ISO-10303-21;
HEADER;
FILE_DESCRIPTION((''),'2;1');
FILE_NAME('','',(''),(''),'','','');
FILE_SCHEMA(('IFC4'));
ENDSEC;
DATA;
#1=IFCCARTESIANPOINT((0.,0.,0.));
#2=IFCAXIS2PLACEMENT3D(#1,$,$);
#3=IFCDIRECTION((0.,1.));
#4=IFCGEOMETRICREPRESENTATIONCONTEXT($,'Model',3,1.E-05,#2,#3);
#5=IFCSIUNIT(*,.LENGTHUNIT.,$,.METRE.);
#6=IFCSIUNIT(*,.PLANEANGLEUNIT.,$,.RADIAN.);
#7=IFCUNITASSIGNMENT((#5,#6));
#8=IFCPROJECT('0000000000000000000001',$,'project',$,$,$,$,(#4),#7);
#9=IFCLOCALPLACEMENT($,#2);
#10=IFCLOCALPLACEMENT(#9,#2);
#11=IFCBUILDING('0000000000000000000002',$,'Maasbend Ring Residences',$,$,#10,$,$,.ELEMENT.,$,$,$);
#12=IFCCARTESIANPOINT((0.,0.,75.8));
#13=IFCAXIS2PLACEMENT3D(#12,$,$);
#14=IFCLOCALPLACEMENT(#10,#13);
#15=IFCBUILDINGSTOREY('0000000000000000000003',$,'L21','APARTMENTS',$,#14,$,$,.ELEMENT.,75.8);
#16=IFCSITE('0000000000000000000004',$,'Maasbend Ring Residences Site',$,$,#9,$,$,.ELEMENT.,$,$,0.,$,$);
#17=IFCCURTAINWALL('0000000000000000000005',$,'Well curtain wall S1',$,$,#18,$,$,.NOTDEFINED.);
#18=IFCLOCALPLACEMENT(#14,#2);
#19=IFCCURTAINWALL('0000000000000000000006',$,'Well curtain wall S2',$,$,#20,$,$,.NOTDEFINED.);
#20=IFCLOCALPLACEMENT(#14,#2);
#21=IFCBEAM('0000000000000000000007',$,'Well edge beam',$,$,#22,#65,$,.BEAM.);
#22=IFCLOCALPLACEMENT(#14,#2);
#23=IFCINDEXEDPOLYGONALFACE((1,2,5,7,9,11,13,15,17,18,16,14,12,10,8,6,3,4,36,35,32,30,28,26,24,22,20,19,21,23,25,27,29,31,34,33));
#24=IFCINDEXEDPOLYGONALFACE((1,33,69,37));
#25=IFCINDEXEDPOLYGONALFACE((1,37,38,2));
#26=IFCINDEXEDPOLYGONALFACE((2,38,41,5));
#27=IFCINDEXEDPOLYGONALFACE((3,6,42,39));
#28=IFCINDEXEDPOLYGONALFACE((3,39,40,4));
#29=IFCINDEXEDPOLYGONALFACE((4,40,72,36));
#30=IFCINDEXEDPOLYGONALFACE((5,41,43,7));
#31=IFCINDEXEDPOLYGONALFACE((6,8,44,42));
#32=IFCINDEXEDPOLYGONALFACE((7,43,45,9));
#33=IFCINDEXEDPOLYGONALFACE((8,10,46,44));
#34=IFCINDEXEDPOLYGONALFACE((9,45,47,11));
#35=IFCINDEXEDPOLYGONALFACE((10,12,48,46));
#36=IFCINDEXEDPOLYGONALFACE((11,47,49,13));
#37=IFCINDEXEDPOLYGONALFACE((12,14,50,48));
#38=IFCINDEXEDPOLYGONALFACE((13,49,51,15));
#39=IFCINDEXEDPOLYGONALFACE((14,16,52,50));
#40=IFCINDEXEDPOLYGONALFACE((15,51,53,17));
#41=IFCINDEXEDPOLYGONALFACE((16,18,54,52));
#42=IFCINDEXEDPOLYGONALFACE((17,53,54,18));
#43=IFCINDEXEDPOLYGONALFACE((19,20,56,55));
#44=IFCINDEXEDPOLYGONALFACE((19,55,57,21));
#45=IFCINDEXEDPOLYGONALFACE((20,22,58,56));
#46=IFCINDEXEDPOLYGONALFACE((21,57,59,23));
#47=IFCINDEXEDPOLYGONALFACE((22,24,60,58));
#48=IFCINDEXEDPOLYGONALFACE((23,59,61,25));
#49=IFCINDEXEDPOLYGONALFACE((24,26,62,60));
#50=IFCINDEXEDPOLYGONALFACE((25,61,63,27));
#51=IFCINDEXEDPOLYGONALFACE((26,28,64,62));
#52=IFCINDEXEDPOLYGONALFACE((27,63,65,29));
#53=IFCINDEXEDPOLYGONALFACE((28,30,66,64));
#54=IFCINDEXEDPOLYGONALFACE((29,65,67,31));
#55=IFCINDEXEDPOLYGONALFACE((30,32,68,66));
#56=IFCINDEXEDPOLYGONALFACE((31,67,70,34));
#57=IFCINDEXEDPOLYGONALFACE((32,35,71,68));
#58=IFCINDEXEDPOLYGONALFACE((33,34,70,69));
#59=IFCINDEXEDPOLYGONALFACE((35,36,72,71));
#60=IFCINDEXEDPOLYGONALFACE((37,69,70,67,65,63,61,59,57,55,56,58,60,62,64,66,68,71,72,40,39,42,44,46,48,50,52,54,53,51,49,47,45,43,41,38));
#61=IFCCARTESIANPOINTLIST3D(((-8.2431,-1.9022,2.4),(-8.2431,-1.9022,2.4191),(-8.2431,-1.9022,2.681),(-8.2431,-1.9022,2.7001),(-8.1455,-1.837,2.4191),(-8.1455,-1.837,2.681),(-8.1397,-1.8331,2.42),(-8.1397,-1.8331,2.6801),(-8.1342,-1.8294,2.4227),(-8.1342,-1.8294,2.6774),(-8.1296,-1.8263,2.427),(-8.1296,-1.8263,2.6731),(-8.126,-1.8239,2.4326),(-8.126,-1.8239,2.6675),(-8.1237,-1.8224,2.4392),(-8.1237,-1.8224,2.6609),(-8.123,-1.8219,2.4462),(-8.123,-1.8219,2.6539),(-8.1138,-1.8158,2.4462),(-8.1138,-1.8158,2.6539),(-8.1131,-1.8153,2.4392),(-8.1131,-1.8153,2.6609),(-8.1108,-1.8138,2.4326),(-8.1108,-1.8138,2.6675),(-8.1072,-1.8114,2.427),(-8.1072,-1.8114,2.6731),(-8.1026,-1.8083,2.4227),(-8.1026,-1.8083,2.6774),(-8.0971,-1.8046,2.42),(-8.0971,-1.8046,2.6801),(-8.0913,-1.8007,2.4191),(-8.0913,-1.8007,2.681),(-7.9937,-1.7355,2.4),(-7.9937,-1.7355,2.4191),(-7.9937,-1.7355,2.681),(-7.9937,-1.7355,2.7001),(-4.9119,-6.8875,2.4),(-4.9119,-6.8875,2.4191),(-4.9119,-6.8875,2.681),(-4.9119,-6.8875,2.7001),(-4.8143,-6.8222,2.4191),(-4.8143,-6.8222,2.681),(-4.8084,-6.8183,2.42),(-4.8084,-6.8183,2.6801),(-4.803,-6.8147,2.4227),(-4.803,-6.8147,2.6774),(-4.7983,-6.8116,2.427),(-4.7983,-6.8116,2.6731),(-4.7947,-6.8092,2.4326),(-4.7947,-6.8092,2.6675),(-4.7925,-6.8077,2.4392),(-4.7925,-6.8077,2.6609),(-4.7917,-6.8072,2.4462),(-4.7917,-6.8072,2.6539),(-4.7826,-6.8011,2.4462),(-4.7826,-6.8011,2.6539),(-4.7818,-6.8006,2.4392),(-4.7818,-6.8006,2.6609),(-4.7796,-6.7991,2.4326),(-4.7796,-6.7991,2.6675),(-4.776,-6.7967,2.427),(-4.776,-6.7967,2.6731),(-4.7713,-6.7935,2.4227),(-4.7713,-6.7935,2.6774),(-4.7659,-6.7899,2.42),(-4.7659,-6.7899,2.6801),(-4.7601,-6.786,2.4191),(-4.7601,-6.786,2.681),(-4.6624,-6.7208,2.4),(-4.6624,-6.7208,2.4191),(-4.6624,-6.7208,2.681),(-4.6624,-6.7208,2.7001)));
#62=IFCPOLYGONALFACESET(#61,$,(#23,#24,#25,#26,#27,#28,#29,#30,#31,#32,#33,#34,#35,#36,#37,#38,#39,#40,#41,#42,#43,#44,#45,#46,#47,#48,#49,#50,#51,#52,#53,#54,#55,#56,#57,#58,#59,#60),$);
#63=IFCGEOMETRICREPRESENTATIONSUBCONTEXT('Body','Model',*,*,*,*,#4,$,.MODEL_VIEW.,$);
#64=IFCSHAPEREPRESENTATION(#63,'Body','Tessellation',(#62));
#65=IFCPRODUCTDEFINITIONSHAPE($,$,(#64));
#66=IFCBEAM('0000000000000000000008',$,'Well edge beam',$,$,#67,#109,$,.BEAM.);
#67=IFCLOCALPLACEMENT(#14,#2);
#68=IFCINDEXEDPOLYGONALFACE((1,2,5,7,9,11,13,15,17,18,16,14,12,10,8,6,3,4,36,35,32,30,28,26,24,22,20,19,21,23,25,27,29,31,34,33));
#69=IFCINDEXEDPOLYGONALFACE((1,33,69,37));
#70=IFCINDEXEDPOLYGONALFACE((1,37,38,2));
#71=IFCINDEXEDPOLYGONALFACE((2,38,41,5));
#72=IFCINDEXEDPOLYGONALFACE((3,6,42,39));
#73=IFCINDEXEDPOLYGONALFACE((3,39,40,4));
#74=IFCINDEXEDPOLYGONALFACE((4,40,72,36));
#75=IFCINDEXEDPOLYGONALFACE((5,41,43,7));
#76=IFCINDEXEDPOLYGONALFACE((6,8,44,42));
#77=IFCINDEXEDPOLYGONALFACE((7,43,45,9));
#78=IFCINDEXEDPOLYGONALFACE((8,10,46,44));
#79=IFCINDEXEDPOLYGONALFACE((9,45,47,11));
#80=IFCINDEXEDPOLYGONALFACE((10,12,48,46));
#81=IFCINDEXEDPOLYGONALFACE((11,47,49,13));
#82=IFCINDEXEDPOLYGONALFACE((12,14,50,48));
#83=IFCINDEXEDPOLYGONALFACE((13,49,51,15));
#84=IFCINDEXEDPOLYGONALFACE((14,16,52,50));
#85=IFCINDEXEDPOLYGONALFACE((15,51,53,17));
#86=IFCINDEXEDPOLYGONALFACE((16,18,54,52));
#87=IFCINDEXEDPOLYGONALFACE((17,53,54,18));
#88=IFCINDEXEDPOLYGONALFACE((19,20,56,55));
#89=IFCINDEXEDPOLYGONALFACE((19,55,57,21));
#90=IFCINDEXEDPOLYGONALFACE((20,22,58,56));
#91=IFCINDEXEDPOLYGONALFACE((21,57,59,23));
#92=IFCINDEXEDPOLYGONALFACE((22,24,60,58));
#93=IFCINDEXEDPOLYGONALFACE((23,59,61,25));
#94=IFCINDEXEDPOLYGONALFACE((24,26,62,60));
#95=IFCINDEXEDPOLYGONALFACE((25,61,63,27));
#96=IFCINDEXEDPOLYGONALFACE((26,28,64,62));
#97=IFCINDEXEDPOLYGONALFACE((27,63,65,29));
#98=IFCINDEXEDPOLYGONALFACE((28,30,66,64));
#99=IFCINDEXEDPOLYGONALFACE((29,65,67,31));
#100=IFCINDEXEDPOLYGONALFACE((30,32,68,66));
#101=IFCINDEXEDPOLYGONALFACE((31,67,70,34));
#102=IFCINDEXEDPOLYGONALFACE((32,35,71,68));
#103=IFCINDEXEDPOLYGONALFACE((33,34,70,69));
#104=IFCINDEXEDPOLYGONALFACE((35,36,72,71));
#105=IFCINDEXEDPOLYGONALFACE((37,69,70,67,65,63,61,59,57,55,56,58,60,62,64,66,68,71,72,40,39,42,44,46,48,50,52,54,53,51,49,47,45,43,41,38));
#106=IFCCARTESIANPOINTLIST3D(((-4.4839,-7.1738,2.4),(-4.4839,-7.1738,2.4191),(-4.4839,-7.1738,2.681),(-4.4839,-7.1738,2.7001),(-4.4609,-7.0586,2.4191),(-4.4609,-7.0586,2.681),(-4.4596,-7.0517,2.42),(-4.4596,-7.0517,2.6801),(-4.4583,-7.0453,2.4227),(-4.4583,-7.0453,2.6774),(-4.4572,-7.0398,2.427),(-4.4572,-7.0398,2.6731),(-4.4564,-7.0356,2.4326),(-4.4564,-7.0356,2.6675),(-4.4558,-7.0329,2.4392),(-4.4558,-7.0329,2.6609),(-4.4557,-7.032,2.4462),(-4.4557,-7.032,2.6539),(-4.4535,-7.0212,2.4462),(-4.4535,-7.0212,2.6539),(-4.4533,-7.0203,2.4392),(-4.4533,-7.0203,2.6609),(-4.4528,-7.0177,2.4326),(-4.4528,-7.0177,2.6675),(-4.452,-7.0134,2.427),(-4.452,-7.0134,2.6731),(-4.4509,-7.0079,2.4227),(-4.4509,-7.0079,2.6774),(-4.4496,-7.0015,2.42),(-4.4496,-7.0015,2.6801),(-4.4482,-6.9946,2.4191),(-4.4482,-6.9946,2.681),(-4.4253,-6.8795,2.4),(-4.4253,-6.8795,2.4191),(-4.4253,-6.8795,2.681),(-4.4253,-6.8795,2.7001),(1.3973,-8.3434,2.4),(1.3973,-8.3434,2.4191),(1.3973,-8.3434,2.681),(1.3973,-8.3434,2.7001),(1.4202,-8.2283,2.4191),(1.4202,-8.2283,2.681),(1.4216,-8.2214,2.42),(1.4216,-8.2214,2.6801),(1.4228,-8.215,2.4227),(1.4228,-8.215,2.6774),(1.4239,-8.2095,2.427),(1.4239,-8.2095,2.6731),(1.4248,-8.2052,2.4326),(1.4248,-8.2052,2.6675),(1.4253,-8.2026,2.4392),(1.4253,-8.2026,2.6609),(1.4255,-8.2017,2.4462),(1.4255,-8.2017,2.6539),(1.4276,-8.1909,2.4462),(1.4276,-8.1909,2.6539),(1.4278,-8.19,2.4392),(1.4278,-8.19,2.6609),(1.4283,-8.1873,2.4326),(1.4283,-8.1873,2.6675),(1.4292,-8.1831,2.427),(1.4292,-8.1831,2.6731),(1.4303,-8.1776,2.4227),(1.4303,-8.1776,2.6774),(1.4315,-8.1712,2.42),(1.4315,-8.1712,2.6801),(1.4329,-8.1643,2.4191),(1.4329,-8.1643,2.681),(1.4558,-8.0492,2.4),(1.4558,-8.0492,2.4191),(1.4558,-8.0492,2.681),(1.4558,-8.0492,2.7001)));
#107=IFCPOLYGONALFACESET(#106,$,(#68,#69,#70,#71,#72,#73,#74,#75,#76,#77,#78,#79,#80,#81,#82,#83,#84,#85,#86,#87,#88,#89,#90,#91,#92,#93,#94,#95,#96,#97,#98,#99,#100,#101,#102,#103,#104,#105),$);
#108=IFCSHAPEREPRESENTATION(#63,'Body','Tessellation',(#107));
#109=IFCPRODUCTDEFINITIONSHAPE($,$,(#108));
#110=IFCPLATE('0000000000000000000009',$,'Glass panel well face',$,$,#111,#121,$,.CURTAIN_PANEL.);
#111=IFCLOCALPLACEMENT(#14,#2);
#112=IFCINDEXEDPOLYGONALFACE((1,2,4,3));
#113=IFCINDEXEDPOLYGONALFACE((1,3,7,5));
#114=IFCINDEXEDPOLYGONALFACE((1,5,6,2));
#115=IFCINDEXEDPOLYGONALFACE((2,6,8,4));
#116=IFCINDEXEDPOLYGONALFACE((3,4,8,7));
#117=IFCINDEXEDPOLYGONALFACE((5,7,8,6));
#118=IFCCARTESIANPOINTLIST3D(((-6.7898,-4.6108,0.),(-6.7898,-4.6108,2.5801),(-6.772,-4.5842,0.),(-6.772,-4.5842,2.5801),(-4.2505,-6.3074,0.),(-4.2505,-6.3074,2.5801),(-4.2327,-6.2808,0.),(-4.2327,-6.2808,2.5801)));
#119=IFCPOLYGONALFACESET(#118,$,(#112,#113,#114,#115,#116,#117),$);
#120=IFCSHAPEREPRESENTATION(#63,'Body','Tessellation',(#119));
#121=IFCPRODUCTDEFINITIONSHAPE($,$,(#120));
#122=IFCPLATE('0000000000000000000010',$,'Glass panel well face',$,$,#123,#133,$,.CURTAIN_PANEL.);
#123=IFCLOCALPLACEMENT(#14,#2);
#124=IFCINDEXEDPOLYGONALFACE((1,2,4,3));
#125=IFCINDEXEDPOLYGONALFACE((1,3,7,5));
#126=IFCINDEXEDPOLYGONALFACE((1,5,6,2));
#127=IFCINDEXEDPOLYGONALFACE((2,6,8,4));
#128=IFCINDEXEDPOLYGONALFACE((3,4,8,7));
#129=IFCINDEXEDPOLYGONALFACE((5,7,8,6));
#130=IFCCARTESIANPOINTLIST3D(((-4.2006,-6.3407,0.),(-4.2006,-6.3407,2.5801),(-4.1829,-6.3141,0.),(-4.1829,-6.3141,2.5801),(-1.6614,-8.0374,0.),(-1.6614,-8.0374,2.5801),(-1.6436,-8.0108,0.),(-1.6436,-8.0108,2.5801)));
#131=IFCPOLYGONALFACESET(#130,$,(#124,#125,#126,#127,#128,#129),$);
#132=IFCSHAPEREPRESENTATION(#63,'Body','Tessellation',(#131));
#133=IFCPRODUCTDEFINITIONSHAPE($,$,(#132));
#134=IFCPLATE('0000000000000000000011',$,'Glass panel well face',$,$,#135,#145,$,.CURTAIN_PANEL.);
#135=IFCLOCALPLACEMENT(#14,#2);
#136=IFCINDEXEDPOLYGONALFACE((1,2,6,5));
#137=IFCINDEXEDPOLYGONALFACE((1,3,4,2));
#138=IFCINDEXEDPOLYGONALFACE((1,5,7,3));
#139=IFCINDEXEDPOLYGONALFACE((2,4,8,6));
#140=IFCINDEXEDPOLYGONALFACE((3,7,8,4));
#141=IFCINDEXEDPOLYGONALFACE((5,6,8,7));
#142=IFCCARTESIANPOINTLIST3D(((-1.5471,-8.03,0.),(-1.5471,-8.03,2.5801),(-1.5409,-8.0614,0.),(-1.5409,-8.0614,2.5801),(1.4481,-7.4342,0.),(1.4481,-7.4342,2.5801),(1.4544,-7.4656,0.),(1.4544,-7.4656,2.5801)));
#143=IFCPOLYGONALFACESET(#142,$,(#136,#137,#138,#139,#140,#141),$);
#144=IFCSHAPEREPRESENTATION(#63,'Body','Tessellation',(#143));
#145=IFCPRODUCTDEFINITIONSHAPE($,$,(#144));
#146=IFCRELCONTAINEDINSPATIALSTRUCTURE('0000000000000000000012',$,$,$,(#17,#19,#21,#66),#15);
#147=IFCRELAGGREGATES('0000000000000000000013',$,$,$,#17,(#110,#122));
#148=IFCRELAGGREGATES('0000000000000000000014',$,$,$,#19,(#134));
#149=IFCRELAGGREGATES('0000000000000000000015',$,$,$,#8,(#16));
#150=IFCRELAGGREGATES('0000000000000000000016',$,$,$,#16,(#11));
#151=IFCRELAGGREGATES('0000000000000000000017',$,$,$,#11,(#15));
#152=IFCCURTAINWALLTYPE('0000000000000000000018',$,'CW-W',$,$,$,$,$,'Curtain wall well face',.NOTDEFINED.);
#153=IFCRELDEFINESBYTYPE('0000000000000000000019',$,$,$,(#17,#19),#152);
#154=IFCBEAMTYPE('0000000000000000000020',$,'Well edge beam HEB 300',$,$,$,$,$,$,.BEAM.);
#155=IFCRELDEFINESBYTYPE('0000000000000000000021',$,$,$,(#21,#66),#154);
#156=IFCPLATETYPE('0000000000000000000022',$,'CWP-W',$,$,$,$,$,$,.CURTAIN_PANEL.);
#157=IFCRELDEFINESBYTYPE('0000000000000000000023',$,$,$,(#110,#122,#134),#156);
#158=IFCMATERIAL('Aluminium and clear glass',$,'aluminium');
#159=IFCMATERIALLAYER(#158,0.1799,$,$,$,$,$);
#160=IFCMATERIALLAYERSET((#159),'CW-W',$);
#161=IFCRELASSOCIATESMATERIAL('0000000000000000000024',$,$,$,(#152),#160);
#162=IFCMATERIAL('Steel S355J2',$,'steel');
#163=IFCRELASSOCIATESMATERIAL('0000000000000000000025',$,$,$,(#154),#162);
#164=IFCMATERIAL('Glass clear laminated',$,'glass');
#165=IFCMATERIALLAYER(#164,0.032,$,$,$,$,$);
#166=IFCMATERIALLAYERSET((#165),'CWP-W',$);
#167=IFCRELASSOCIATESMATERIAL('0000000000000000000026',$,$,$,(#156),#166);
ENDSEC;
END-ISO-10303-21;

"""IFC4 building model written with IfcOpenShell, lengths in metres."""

from ifc_helpers import new_model, si_unit, direction, frame, origin, origin_2d, place, context, subcontext, project, spatial, rectangle, i_section, extrude, material, layer, layer_set, material_profile, profile_set, type_object, element, aggregate, save


model = new_model("IFC4")

# Units and contexts
model_context = context("Model", 3, precision=1e-05, world=origin(), true_north=direction((0.0, 1.0)))
body_context = subcontext(model_context, "Body", "Model", "MODEL_VIEW")
ifc_project = project(units=[si_unit("LENGTHUNIT", "METRE"), si_unit("PLANEANGLEUNIT", "RADIAN")], contexts=[model_context])

# Site, building, storey
site_placement = place(None, origin())
site = spatial("IfcSite", under=ifc_project, at=site_placement, Name="Maasbend Ring Residences Site", CompositionType="ELEMENT", RefElevation=0.0)
building_placement = place(site_placement, origin())
building = spatial("IfcBuilding", under=site, at=building_placement, Name="Maasbend Ring Residences", CompositionType="ELEMENT")
storey_placement = place(building_placement, frame((0.0, 0.0, 75.8)))
storey = spatial("IfcBuildingStorey", under=building, at=storey_placement, Name="L21", Description="APARTMENTS", CompositionType="ELEMENT", Elevation=75.8)

# Curtain wall
ifc_material_1 = material(Name="Aluminium and clear glass", Category="aluminium")
ifc_layer_1 = layer(ifc_material_1, 0.1799)
ifc_layer_set_1 = layer_set([ifc_layer_1], Name="CW-W")
curtain_wall_type = type_object("IfcCurtainWallType", Name="CW-W", ElementType="Curtain wall well face", PredefinedType="NOTDEFINED", material=ifc_layer_set_1)
curtain_wall_1_placement = place(storey_placement, origin())
curtain_wall_1 = element("IfcCurtainWall", 1, at=curtain_wall_1_placement, inside=storey, type_object=curtain_wall_type, Name="Well curtain wall S1", PredefinedType="NOTDEFINED")

# Curtain wall
curtain_wall_2_placement = place(storey_placement, origin())
curtain_wall_2 = element("IfcCurtainWall", 2, at=curtain_wall_2_placement, inside=storey, type_object=curtain_wall_type, Name="Well curtain wall S2", PredefinedType="NOTDEFINED")

# Beams
ifc_material_2 = material(Name="Steel S355J2", Category="steel")
ifc_material_profile_1 = material_profile(ifc_material_2, i_section(OverallWidth=0.3, OverallDepth=0.3, WebThickness=0.011, FlangeThickness=0.019, FilletRadius=0.0271, at=origin_2d()), Name="HEB 300")
ifc_profile_set_1 = profile_set([ifc_material_profile_1], Name="Steel S355J2")
beam_type = type_object("IfcBeamType", Name="Well edge beam HEB 300", PredefinedType="BEAM", material=ifc_profile_set_1)
beam_1_placement = place(storey_placement, frame((-8.1184, -1.8188, 2.55), z_axis=(0.555593, -0.831455, 0.0), x_axis=(0.831455, 0.555593, 0.0)))
element("IfcBeam", 3, at=beam_1_placement, inside=storey, type_object=beam_type, Name="Well edge beam", PredefinedType="BEAM", context=body_context, shape_type="SweptSolid", body=[
    extrude(i_section(OverallWidth=0.3, OverallDepth=0.3, WebThickness=0.011, FlangeThickness=0.019, FilletRadius=0.0271, at=origin_2d()), origin(), (0.0, 0.0, 1.0), 5.9958),
])
beam_2_placement = place(storey_placement, frame((-4.4546, -7.0266, 2.55), z_axis=(0.98079, -0.195067, 0.0), x_axis=(0.195067, 0.98079, 0.0)))
element("IfcBeam", 4, at=beam_2_placement, inside=storey, type_object=beam_type, Name="Well edge beam", PredefinedType="BEAM", context=body_context, shape_type="SweptSolid", body=[
    extrude(i_section(OverallWidth=0.3, OverallDepth=0.3, WebThickness=0.011, FlangeThickness=0.019, FilletRadius=0.0271, at=origin_2d()), origin(), (0.0, 0.0, 1.0), 5.9963),
])

# Plates
ifc_material_3 = material(Name="Glass clear laminated", Category="glass")
ifc_layer_2 = layer(ifc_material_3, 0.032)
ifc_layer_set_2 = layer_set([ifc_layer_2], Name="CWP-W")
plate_type = type_object("IfcPlateType", Name="CWP-W", PredefinedType="CURTAIN_PANEL", material=ifc_layer_set_2)
plate_1_placement = place(storey_placement, frame((-5.5112, -5.4458, 0.0), z_axis=(0.0, 0.0, 1.0), x_axis=(0.83147, -0.55557, 0.0)))
plate_1 = element("IfcPlate", 5, at=plate_1_placement, type_object=plate_type, Name="Glass panel well face", PredefinedType="CURTAIN_PANEL", context=body_context, shape_type="SweptSolid", body=[
    extrude(rectangle(XDim=3.054, YDim=0.032, at=origin_2d()), origin(), (0.0, 0.0, 1.0), 2.5801),
])
plate_2_placement = place(storey_placement, frame((-2.9221, -7.1758, 0.0), z_axis=(0.0, 0.0, 1.0), x_axis=(0.83147, -0.55557, 0.0)))
plate_2 = element("IfcPlate", 6, at=plate_2_placement, type_object=plate_type, Name="Glass panel well face", PredefinedType="CURTAIN_PANEL", context=body_context, shape_type="SweptSolid", body=[
    extrude(rectangle(XDim=3.054, YDim=0.032, at=origin_2d()), origin(), (0.0, 0.0, 1.0), 2.5801),
])
aggregate(curtain_wall_1, [plate_1, plate_2])
plate_3_placement = place(storey_placement, frame((-0.0464, -7.7478, 0.0), z_axis=(0.0, 0.0, 1.0), x_axis=(0.980785, 0.19509, 0.0)))
plate_3 = element("IfcPlate", 7, at=plate_3_placement, type_object=plate_type, Name="Glass panel well face", PredefinedType="CURTAIN_PANEL", context=body_context, shape_type="SweptSolid", body=[
    extrude(rectangle(XDim=3.054, YDim=0.032, at=origin_2d()), origin(), (0.0, 0.0, 1.0), 2.5801),
])
aggregate(curtain_wall_2, [plate_3])

save(model, "model.ifc")
